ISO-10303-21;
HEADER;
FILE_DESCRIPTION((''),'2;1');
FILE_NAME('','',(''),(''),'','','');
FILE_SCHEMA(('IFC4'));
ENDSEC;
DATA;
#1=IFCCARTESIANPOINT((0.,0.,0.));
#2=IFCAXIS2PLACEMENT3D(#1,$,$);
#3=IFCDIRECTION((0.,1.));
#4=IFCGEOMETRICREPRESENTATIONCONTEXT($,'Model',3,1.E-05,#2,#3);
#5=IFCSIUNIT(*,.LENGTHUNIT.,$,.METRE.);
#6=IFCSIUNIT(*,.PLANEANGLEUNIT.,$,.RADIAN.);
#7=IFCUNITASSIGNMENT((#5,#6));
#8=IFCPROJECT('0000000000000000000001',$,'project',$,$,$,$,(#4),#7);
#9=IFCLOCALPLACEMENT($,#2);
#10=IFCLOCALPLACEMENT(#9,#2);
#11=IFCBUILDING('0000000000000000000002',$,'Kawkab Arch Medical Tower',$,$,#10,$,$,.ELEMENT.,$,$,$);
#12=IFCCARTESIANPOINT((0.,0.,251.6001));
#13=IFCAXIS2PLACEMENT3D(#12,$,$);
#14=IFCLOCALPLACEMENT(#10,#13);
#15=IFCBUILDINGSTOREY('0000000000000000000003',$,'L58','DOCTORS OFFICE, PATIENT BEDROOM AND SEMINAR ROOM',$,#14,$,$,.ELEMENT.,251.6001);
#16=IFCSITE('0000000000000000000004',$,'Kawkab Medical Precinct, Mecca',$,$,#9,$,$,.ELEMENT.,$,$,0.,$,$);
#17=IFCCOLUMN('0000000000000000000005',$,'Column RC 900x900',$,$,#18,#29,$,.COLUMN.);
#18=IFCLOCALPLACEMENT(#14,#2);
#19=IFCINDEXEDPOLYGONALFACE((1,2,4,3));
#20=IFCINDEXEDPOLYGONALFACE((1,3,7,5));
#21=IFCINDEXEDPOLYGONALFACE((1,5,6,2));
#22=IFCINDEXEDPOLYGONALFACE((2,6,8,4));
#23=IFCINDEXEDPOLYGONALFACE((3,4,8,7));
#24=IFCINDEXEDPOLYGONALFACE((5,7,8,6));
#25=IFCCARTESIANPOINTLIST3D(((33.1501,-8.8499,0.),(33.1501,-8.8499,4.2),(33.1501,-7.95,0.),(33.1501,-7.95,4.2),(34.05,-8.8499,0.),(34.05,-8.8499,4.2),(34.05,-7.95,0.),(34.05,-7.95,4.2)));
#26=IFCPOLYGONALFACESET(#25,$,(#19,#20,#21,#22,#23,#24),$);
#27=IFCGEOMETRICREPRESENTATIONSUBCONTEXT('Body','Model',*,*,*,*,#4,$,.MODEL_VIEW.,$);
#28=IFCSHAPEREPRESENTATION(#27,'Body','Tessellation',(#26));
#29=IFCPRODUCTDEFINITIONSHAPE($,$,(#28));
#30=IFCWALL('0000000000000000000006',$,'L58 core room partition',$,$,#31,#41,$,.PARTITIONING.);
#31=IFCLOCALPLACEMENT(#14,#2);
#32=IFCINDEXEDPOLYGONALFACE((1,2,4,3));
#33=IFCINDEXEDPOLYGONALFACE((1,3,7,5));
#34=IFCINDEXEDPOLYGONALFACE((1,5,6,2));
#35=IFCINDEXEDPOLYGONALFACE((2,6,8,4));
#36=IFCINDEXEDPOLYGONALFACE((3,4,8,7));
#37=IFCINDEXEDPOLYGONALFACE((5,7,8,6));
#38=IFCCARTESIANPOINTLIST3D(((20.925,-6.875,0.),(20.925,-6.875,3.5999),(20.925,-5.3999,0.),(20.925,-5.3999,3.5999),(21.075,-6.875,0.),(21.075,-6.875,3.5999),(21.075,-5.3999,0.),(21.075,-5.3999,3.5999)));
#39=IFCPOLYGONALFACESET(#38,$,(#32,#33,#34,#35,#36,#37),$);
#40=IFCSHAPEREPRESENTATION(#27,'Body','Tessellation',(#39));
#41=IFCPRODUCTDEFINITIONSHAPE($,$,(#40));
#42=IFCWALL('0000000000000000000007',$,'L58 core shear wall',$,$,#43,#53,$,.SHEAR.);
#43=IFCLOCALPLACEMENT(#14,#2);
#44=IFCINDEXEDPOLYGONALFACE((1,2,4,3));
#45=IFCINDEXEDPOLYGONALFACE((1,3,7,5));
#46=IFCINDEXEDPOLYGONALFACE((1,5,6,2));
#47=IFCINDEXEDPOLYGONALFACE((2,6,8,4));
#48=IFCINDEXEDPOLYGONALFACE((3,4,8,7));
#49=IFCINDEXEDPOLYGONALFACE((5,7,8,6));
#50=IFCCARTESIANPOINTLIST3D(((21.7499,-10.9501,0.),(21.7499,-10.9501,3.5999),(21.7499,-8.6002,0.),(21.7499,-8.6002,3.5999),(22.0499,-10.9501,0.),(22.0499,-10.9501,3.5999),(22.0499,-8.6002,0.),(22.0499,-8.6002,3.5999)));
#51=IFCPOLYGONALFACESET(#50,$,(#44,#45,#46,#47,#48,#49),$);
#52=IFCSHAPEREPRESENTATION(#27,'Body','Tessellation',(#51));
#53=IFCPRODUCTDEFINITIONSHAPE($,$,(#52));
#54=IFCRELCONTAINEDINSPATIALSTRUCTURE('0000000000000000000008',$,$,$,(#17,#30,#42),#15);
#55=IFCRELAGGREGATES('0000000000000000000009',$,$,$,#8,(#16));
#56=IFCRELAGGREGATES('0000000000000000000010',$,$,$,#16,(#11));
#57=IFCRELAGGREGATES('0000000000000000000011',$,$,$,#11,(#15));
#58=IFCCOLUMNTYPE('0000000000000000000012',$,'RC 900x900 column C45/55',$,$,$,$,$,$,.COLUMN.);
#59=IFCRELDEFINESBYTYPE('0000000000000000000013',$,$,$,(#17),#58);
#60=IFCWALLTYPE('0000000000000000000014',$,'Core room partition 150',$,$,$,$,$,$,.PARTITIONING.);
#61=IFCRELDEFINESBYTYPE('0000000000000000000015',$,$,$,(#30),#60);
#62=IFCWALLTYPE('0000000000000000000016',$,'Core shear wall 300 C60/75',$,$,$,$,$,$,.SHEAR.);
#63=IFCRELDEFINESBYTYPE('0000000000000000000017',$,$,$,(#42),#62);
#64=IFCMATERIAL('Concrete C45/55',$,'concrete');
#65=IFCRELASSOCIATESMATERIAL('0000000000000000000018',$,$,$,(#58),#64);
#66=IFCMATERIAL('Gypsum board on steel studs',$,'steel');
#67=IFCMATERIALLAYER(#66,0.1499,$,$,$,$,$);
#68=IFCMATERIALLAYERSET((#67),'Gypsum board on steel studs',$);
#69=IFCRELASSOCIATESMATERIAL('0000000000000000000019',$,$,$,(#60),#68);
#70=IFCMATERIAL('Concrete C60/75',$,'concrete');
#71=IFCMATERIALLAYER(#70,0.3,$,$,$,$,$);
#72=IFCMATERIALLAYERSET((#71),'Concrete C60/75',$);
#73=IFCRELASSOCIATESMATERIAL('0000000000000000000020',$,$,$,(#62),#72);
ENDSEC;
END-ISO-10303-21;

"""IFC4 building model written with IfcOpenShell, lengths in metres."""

from ifc_helpers import new_model, si_unit, direction, frame, frame_2d, origin, origin_2d, place, context, subcontext, project, spatial, rectangle, extrude, material, layer, layer_set, material_profile, profile_set, type_object, element, save


model = new_model("IFC4")

# Units and contexts
model_context = context("Model", 3, precision=1e-05, world=origin(), true_north=direction((0.0, 1.0)))
body_context = subcontext(model_context, "Body", "Model", "MODEL_VIEW")
ifc_project = project(units=[si_unit("LENGTHUNIT", "METRE"), si_unit("PLANEANGLEUNIT", "RADIAN")], contexts=[model_context])

# Site, building, storey
site_placement = place(None, origin())
site = spatial("IfcSite", under=ifc_project, at=site_placement, Name="Kawkab Medical Precinct, Mecca", CompositionType="ELEMENT", RefElevation=0.0)
building_placement = place(site_placement, origin())
building = spatial("IfcBuilding", under=site, at=building_placement, Name="Kawkab Arch Medical Tower", CompositionType="ELEMENT")
storey_placement = place(building_placement, frame((0.0, 0.0, 251.6001)))
storey = spatial("IfcBuildingStorey", under=building, at=storey_placement, Name="L58", Description="DOCTORS OFFICE, PATIENT BEDROOM AND SEMINAR ROOM", CompositionType="ELEMENT", Elevation=251.6001)

# Column
ifc_material_1 = material(Name="Concrete C45/55", Category="concrete")
ifc_material_profile = material_profile(ifc_material_1, rectangle(XDim=0.8999, YDim=0.8999, at=origin_2d()), Name="RC 900x900")
ifc_profile_set = profile_set([ifc_material_profile], Name="Concrete C45/55")
column_type = type_object("IfcColumnType", Name="RC 900x900 column C45/55", PredefinedType="COLUMN", material=ifc_profile_set)
column_placement = place(storey_placement, frame((33.6001, -8.3999, 0.0), z_axis=(0.0, 0.0, 1.0), x_axis=(1.0, 0.0, 0.0)))
element("IfcColumn", 1, at=column_placement, inside=storey, type_object=column_type, Name="Column RC 900x900", PredefinedType="COLUMN", context=body_context, shape_type="SweptSolid", body=[
    extrude(rectangle(XDim=0.8999, YDim=0.8999, at=origin_2d()), origin(), (0.0, 0.0, 1.0), 4.2),
])

# Walls
ifc_material_2 = material(Name="Gypsum board on steel studs", Category="steel")
ifc_layer_1 = layer(ifc_material_2, 0.1499)
ifc_layer_set_1 = layer_set([ifc_layer_1], Name="Gypsum board on steel studs")
wall_type_1 = type_object("IfcWallType", Name="Core room partition 150", PredefinedType="PARTITIONING", material=ifc_layer_set_1)
wall_1_placement = place(storey_placement, frame((21.0, -6.875, 0.0), z_axis=(0.0, 0.0, 1.0), x_axis=(0.0, 1.0, 0.0)))
element("IfcWall", 2, at=wall_1_placement, inside=storey, type_object=wall_type_1, Name="L58 core room partition", PredefinedType="PARTITIONING", context=body_context, shape_type="SweptSolid", body=[
    extrude(rectangle(XDim=1.4751, YDim=0.1499, at=frame_2d((0.7375, 0.0))), origin(), (0.0, 0.0, 1.0), 3.5999),
])
ifc_material_3 = material(Name="Concrete C60/75", Category="concrete")
ifc_layer_2 = layer(ifc_material_3, 0.3)
ifc_layer_set_2 = layer_set([ifc_layer_2], Name="Concrete C60/75")
wall_type_2 = type_object("IfcWallType", Name="Core shear wall 300 C60/75", PredefinedType="SHEAR", material=ifc_layer_set_2)
wall_2_placement = place(storey_placement, frame((21.8999, -10.95, 0.0), z_axis=(0.0, 0.0, 1.0), x_axis=(0.0, 1.0, 0.0)))
element("IfcWall", 3, at=wall_2_placement, inside=storey, type_object=wall_type_2, Name="L58 core shear wall", PredefinedType="SHEAR", context=body_context, shape_type="SweptSolid", body=[
    extrude(rectangle(XDim=2.3499, YDim=0.3, at=frame_2d((1.1748, 0.0))), origin(), (0.0, 0.0, 1.0), 3.5999),
])

save(model, "model.ifc")
